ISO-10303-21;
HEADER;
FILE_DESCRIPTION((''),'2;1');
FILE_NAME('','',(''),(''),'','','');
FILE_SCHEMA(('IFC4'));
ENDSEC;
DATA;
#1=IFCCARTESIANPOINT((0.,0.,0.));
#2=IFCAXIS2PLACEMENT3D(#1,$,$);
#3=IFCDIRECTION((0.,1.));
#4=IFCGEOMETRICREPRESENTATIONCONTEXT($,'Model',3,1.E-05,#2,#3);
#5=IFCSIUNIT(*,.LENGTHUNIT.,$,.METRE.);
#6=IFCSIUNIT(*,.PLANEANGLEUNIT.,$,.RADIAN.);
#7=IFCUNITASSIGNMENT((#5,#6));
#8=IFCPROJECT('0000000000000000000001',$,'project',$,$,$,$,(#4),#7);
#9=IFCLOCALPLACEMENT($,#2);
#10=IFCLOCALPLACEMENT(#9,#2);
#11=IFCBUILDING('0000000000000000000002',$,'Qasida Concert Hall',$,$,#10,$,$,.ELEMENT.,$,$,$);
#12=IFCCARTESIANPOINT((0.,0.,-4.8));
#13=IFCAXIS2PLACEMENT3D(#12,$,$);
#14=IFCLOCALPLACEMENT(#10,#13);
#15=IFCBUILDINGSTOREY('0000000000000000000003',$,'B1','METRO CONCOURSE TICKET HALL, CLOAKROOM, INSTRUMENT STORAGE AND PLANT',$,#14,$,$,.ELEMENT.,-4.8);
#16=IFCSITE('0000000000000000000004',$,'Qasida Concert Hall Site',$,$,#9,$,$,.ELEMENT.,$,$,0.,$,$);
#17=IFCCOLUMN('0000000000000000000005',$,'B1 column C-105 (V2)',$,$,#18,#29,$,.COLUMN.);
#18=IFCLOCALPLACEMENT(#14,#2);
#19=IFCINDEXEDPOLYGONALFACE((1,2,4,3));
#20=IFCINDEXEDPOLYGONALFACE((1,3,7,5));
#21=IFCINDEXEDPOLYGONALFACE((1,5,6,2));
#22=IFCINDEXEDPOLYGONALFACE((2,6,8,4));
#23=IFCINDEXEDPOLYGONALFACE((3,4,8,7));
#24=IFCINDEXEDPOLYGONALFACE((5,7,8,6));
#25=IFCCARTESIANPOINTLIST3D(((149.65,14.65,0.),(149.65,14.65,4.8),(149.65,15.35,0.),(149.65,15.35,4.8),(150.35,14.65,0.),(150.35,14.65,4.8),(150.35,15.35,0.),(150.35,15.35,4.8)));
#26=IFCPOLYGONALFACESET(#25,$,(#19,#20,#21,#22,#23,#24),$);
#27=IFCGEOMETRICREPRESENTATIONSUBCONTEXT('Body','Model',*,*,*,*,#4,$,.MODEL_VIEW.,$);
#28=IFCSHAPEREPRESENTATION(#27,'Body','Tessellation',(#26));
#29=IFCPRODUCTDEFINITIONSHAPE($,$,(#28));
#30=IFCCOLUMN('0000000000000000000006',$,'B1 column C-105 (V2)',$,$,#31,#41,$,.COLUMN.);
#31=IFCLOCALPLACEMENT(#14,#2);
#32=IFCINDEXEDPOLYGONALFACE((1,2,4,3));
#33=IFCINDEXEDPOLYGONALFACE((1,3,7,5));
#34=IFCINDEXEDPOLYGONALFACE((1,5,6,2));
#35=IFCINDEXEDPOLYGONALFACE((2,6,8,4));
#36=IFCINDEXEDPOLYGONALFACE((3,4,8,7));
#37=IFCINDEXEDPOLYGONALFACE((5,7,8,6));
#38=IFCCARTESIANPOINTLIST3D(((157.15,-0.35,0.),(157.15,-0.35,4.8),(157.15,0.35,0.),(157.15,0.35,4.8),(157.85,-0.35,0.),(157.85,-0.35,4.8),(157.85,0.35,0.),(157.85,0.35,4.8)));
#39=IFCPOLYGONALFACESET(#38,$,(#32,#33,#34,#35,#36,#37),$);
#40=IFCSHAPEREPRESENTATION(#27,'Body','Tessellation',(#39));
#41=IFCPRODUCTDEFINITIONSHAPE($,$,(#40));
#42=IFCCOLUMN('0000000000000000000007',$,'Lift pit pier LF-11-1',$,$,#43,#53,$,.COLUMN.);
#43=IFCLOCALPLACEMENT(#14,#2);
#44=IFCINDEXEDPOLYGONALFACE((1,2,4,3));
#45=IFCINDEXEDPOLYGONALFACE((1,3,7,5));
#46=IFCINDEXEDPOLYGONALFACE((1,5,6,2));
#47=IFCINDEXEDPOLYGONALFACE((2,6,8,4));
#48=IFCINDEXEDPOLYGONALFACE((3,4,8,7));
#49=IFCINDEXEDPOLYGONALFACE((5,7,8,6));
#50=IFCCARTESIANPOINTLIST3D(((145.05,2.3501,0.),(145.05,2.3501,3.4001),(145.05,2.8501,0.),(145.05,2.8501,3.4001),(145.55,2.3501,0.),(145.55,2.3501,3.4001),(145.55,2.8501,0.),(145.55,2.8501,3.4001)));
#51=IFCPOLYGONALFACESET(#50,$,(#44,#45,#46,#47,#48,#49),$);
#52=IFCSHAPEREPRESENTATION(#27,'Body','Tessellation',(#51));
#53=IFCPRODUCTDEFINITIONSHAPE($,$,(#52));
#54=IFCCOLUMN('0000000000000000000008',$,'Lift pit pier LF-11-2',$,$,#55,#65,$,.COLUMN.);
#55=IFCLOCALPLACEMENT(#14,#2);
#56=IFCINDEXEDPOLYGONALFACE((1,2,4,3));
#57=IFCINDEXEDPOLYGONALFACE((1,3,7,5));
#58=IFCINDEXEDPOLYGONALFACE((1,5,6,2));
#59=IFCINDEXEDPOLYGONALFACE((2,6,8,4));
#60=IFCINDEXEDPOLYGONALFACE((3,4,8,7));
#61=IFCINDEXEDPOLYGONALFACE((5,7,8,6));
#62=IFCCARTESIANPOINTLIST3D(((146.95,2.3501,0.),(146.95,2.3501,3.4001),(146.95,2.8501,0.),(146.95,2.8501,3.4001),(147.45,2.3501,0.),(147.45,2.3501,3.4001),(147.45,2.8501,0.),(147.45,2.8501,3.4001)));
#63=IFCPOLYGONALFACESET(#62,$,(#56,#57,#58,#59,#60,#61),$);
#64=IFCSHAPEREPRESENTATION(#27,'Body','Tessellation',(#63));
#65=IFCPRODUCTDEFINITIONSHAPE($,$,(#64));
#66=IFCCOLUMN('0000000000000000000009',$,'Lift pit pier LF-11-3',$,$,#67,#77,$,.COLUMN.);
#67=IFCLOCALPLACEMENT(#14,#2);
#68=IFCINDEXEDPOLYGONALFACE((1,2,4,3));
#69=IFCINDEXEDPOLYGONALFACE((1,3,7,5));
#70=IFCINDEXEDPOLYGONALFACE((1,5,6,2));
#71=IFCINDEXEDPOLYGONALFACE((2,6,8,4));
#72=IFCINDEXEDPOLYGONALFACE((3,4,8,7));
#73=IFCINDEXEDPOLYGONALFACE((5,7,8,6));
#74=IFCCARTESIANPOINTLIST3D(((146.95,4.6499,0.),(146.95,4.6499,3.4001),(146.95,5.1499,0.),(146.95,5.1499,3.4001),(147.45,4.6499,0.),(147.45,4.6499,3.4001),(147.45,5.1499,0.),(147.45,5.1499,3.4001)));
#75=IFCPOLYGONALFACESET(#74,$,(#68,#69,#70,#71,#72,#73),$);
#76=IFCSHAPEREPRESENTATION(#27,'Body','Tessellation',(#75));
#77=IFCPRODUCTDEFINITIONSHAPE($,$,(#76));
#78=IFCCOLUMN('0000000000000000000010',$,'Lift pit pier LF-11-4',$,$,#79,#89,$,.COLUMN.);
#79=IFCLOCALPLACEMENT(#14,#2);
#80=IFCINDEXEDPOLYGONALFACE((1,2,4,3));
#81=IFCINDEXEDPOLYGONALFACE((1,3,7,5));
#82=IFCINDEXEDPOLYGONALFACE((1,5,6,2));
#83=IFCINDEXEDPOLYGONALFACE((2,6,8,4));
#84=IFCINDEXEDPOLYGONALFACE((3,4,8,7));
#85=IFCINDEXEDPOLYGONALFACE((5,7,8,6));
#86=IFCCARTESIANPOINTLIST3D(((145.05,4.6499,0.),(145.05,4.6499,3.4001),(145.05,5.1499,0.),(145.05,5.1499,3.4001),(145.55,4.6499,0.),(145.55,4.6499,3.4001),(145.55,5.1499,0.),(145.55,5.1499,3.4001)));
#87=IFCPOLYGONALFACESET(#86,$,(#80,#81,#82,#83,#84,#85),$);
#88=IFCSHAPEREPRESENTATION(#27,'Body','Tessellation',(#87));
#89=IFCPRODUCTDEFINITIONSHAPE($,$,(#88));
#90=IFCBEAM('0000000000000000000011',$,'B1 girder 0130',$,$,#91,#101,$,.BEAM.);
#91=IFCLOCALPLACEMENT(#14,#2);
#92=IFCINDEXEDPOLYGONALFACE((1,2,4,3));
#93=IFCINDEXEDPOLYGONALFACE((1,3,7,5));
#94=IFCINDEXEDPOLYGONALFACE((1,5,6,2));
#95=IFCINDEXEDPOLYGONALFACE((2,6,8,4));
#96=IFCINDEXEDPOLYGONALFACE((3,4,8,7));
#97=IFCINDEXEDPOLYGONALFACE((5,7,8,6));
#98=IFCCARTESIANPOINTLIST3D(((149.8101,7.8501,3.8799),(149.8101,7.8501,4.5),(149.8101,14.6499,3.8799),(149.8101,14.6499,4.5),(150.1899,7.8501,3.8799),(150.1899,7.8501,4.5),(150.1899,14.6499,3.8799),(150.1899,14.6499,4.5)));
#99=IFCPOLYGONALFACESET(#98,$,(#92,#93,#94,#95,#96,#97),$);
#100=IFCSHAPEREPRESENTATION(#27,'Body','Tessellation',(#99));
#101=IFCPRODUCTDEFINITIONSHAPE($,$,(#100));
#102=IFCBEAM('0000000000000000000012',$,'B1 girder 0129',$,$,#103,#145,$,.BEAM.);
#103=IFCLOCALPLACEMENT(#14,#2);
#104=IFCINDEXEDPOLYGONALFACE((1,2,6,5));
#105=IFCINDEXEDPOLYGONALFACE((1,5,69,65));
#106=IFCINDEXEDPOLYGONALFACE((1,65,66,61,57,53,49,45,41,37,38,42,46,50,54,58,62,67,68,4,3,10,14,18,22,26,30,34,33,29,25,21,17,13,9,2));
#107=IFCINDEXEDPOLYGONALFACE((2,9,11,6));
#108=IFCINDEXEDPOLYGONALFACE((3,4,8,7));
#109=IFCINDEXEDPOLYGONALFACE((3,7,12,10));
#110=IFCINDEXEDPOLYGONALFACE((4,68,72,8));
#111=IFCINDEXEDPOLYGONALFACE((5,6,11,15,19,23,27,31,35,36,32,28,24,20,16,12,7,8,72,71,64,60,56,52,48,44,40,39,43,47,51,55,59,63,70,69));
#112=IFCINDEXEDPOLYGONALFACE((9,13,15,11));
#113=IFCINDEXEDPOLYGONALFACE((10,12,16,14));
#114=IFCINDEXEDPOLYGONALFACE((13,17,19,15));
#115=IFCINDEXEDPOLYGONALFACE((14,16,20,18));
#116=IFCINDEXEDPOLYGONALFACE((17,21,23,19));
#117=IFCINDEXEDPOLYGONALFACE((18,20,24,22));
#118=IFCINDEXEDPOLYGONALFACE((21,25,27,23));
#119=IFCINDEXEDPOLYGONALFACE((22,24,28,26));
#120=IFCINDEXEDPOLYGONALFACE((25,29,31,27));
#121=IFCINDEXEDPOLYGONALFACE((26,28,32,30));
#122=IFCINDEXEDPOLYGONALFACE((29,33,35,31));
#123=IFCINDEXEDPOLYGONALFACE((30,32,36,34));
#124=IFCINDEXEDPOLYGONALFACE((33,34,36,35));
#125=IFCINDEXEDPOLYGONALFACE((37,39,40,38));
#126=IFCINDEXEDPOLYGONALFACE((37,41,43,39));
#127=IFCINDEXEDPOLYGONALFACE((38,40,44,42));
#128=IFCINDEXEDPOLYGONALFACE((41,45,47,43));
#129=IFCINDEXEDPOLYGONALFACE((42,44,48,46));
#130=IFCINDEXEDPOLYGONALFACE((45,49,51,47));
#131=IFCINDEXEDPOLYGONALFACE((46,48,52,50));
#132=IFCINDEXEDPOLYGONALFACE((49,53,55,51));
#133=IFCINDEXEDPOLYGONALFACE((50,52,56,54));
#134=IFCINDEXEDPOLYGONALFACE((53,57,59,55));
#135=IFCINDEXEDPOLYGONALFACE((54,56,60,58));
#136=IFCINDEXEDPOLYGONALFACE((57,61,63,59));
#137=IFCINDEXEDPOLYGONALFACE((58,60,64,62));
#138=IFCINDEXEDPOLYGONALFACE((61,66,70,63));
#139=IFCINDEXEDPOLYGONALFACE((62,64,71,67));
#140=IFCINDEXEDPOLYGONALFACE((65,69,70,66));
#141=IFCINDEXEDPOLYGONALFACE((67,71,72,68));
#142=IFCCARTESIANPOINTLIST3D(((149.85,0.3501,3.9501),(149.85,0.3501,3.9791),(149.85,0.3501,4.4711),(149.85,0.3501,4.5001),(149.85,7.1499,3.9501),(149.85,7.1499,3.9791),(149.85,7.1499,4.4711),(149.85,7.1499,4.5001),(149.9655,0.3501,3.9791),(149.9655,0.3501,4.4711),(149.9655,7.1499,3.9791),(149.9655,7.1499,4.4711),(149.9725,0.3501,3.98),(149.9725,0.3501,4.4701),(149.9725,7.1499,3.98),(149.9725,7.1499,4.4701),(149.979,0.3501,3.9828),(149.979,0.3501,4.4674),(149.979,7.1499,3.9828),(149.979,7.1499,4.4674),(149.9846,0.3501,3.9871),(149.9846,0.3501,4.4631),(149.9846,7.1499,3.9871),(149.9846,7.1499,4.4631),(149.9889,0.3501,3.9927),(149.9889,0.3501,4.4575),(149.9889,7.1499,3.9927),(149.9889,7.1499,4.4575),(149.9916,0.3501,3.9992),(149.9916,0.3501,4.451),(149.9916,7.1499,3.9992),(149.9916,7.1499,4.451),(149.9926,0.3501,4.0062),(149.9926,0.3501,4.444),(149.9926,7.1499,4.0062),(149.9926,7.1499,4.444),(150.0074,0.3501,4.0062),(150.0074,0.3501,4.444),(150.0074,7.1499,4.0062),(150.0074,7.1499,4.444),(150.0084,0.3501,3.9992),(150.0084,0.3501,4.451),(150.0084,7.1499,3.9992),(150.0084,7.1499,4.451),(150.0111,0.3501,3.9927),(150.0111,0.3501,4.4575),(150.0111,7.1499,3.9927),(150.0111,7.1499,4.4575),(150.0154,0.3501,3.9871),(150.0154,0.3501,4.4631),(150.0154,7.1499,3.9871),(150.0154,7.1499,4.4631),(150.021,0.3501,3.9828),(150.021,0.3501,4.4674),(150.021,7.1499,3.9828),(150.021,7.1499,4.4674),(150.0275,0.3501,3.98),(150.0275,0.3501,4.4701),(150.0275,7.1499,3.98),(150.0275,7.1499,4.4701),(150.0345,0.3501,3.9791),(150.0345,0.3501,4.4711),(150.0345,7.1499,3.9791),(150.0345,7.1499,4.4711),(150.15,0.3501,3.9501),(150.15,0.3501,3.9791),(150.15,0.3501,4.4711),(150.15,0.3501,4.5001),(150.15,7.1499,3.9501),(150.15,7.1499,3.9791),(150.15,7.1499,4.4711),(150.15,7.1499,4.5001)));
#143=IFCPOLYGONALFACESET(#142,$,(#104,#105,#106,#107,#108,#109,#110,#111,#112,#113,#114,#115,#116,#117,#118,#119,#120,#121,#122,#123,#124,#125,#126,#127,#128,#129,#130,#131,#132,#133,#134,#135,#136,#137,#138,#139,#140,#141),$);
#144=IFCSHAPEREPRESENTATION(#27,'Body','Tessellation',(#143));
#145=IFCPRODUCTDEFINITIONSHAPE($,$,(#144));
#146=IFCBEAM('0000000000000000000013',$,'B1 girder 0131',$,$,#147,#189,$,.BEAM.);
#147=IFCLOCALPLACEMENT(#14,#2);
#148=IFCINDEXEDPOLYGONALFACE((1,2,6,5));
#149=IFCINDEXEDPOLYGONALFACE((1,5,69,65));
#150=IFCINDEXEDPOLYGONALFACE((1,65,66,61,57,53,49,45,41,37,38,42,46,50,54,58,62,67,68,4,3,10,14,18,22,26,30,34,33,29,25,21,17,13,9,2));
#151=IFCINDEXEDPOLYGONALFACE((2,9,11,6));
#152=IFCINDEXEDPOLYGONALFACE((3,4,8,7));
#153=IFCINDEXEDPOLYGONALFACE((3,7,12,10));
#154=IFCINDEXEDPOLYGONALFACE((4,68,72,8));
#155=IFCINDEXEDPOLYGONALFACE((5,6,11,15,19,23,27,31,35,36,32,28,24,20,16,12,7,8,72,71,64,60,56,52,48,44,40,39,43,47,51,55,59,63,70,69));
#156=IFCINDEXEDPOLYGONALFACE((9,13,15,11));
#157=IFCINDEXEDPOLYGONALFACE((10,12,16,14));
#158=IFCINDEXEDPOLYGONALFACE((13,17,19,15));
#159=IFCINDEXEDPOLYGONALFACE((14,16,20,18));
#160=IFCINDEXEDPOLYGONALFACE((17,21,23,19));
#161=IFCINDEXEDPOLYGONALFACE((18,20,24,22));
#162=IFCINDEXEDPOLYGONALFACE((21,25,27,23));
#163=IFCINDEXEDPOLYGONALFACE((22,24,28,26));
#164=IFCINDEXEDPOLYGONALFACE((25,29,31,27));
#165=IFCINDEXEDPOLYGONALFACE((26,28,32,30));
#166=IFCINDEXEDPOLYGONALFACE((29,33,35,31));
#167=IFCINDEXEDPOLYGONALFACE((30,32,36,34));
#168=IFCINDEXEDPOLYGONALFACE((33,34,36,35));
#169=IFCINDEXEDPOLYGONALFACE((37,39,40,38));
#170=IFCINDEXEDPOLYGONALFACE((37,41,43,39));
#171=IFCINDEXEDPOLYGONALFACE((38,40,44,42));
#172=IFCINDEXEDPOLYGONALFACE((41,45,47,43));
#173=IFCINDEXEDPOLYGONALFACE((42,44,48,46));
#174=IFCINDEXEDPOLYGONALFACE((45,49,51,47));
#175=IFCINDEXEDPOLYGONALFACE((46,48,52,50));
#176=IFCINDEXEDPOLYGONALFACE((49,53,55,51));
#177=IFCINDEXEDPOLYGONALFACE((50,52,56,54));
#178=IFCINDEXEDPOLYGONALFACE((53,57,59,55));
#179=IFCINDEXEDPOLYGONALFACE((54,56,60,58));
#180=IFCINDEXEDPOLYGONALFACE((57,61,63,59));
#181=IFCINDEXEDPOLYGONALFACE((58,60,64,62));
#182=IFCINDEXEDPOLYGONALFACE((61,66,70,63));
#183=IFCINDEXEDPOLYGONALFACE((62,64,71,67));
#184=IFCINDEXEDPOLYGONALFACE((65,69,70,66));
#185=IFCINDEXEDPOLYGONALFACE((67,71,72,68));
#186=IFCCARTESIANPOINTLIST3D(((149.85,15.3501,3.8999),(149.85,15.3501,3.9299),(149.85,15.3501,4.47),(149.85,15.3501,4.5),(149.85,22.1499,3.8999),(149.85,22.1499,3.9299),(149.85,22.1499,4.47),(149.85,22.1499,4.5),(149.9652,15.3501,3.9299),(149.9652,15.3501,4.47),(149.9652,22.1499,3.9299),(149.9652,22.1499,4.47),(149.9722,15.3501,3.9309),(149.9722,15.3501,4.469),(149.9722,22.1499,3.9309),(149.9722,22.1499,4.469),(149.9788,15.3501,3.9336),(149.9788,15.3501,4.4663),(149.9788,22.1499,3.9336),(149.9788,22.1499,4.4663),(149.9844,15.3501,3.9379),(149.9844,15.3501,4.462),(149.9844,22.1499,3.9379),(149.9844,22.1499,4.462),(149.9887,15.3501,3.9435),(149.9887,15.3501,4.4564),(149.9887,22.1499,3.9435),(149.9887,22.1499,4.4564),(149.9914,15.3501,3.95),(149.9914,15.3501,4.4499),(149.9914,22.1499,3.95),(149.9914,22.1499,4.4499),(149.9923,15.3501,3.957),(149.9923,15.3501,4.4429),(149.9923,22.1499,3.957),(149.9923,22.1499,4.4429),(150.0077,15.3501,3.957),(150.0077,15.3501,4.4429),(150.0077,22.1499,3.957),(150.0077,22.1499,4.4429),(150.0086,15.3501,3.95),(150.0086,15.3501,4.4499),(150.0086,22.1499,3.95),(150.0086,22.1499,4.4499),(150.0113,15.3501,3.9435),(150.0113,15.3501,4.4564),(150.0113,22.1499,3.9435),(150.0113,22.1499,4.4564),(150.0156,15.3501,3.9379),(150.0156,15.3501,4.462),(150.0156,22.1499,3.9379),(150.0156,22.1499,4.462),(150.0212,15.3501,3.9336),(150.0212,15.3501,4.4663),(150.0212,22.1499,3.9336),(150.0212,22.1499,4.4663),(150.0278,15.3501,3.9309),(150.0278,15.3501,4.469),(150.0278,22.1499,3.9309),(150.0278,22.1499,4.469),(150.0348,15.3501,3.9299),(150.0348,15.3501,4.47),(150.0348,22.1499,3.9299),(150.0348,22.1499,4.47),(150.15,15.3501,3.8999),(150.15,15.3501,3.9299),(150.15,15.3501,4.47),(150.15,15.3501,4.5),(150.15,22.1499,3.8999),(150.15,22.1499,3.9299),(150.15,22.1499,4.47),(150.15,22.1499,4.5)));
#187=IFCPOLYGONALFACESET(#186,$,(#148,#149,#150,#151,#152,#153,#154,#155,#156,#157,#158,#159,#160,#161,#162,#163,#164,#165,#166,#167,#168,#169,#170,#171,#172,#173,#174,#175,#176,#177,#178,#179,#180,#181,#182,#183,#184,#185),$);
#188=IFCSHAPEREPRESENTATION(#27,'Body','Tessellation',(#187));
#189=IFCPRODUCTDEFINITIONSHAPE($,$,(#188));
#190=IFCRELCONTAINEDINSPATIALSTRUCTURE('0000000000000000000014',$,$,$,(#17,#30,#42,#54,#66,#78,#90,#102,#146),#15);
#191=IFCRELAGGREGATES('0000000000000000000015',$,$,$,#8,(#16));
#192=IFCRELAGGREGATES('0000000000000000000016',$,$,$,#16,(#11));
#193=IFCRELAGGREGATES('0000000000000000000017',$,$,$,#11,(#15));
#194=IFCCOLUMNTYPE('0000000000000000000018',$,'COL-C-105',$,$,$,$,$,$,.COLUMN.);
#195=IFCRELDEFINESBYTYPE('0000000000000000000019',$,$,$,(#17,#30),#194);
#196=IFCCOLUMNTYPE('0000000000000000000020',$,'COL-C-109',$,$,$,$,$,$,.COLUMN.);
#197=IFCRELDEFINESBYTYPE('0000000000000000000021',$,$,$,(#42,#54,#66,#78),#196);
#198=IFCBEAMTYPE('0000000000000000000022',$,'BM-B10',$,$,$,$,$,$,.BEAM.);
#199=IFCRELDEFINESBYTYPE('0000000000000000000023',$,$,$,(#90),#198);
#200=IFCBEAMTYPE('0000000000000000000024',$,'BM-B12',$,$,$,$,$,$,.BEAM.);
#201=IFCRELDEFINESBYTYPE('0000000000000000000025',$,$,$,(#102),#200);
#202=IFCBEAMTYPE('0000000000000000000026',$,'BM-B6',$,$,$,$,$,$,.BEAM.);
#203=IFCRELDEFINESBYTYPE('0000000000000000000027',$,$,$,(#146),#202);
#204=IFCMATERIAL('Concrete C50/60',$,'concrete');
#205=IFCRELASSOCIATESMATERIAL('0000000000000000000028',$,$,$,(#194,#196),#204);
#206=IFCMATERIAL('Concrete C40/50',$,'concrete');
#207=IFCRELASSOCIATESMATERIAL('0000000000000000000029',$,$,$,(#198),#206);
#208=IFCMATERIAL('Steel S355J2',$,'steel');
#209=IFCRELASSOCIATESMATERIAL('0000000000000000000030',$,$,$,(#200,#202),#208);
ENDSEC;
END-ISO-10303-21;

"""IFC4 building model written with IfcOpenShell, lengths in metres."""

from ifc_helpers import new_model, si_unit, direction, frame, origin, origin_2d, place, context, subcontext, project, spatial, rectangle, i_section, extrude, material, material_profile, profile_set, type_object, element, save


model = new_model("IFC4")

# Units and contexts
model_context = context("Model", 3, precision=1e-05, world=origin(), true_north=direction((0.0, 1.0)))
body_context = subcontext(model_context, "Body", "Model", "MODEL_VIEW")
ifc_project = project(units=[si_unit("LENGTHUNIT", "METRE"), si_unit("PLANEANGLEUNIT", "RADIAN")], contexts=[model_context])

# Site, building, storey
site_placement = place(None, origin())
site = spatial("IfcSite", under=ifc_project, at=site_placement, Name="Qasida Concert Hall Site", CompositionType="ELEMENT", RefElevation=0.0)
building_placement = place(site_placement, origin())
building = spatial("IfcBuilding", under=site, at=building_placement, Name="Qasida Concert Hall", CompositionType="ELEMENT")
storey_placement = place(building_placement, frame((0.0, 0.0, -4.8)))
storey = spatial("IfcBuildingStorey", under=building, at=storey_placement, Name="B1", Description="METRO CONCOURSE TICKET HALL, CLOAKROOM, INSTRUMENT STORAGE AND PLANT", CompositionType="ELEMENT", Elevation=-4.8)

# Shared definitions
ifc_material_1 = material(Name="Concrete C40/50", Category="concrete")

# Columns
ifc_material_2 = material(Name="Concrete C50/60", Category="concrete")
ifc_material_profile_1 = material_profile(ifc_material_2, rectangle(XDim=0.7, YDim=0.7, at=origin_2d()), Name="RC 700x700")
ifc_profile_set_1 = profile_set([ifc_material_profile_1], Name="Concrete C50/60")
column_type_1 = type_object("IfcColumnType", Name="COL-C-105", PredefinedType="COLUMN", material=ifc_profile_set_1)
for number, where, z_axis, x_axis, name in (
    (1, (150.0, 15.0, 0.0), (0.0, 0.0, 1.0), (1.0, 0.0, 0.0), "B1 column C-105 (V2)"),
    (2, (157.5, 0.0, 0.0), (0.0, 0.0, 1.0), (1.0, 0.0, 0.0), "B1 column C-105 (V2)"),
):
    element("IfcColumn", number, at=place(storey_placement, frame(where, z_axis=z_axis, x_axis=x_axis)), inside=storey, type_object=column_type_1, Name=name, PredefinedType="COLUMN", context=body_context, shape_type="SweptSolid", body=[
        extrude(rectangle(XDim=0.7, YDim=0.7, at=origin_2d()), origin(), (0.0, 0.0, 1.0), 4.8),
    ])
ifc_material_profile_2 = material_profile(ifc_material_2, rectangle(XDim=0.5, YDim=0.5, at=origin_2d()), Name="RC 500x500")
ifc_profile_set_2 = profile_set([ifc_material_profile_2], Name="Concrete C50/60")
column_type_2 = type_object("IfcColumnType", Name="COL-C-109", PredefinedType="COLUMN", material=ifc_profile_set_2)
for number, where, z_axis, x_axis, name in (
    (3, (145.3, 2.6001, 0.0), (0.0, 0.0, 1.0), (1.0, 0.0, 0.0), "Lift pit pier LF-11-1"),
    (4, (147.2, 2.6001, 0.0), (0.0, 0.0, 1.0), (1.0, 0.0, 0.0), "Lift pit pier LF-11-2"),
    (5, (147.2, 4.8999, 0.0), (0.0, 0.0, 1.0), (1.0, 0.0, 0.0), "Lift pit pier LF-11-3"),
    (6, (145.3, 4.8999, 0.0), (0.0, 0.0, 1.0), (1.0, 0.0, 0.0), "Lift pit pier LF-11-4"),
):
    element("IfcColumn", number, at=place(storey_placement, frame(where, z_axis=z_axis, x_axis=x_axis)), inside=storey, type_object=column_type_2, Name=name, PredefinedType="COLUMN", context=body_context, shape_type="SweptSolid", body=[
        extrude(rectangle(XDim=0.5, YDim=0.5, at=origin_2d()), origin(), (0.0, 0.0, 1.0), 3.4001),
    ])

# Beams
ifc_material_profile_3 = material_profile(ifc_material_1, rectangle(XDim=0.3799, YDim=0.6201, at=origin_2d()), Name="RC 380x620")
ifc_profile_set_3 = profile_set([ifc_material_profile_3], Name="Concrete C40/50")
beam_type_1 = type_object("IfcBeamType", Name="BM-B10", PredefinedType="BEAM", material=ifc_profile_set_3)
beam_1_placement = place(storey_placement, frame((150.0, 7.8501, 4.1899), z_axis=(0.0, 1.0, 0.0), x_axis=(-1.0, 0.0, 0.0)))
element("IfcBeam", 7, at=beam_1_placement, inside=storey, type_object=beam_type_1, Name="B1 girder 0130", PredefinedType="BEAM", context=body_context, shape_type="SweptSolid", body=[
    extrude(rectangle(XDim=0.3799, YDim=0.6201, at=origin_2d()), origin(), (0.0, 0.0, 1.0), 6.7998),
])
ifc_material_3 = material(Name="Steel S355J2", Category="steel")
ifc_material_profile_4 = material_profile(ifc_material_3, i_section(OverallWidth=0.3, OverallDepth=0.55, WebThickness=0.0149, FlangeThickness=0.0291, FilletRadius=0.0271, at=origin_2d()), Name="HEB 550")
ifc_profile_set_4 = profile_set([ifc_material_profile_4], Name="Steel S355J2")
beam_type_2 = type_object("IfcBeamType", Name="BM-B12", PredefinedType="BEAM", material=ifc_profile_set_4)
beam_2_placement = place(storey_placement, frame((150.0, 0.3501, 4.2251), z_axis=(0.0, 1.0, 0.0), x_axis=(-1.0, 0.0, 0.0)))
element("IfcBeam", 8, at=beam_2_placement, inside=storey, type_object=beam_type_2, Name="B1 girder 0129", PredefinedType="BEAM", context=body_context, shape_type="SweptSolid", body=[
    extrude(i_section(OverallWidth=0.3, OverallDepth=0.55, WebThickness=0.0149, FlangeThickness=0.0291, FilletRadius=0.0271, at=origin_2d()), origin(), (0.0, 0.0, 1.0), 6.7998),
])
ifc_material_profile_5 = material_profile(ifc_material_3, i_section(OverallWidth=0.3, OverallDepth=0.6001, WebThickness=0.0154, FlangeThickness=0.03, FilletRadius=0.0271, at=origin_2d()), Name="HEB 600")
ifc_profile_set_5 = profile_set([ifc_material_profile_5], Name="Steel S355J2")
beam_type_3 = type_object("IfcBeamType", Name="BM-B6", PredefinedType="BEAM", material=ifc_profile_set_5)
beam_3_placement = place(storey_placement, frame((150.0, 15.3501, 4.2), z_axis=(0.0, 1.0, 0.0), x_axis=(-1.0, 0.0, 0.0)))
element("IfcBeam", 9, at=beam_3_placement, inside=storey, type_object=beam_type_3, Name="B1 girder 0131", PredefinedType="BEAM", context=body_context, shape_type="SweptSolid", body=[
    extrude(i_section(OverallWidth=0.3, OverallDepth=0.6001, WebThickness=0.0154, FlangeThickness=0.03, FilletRadius=0.0271, at=origin_2d()), origin(), (0.0, 0.0, 1.0), 6.7998),
])

save(model, "model.ifc")
